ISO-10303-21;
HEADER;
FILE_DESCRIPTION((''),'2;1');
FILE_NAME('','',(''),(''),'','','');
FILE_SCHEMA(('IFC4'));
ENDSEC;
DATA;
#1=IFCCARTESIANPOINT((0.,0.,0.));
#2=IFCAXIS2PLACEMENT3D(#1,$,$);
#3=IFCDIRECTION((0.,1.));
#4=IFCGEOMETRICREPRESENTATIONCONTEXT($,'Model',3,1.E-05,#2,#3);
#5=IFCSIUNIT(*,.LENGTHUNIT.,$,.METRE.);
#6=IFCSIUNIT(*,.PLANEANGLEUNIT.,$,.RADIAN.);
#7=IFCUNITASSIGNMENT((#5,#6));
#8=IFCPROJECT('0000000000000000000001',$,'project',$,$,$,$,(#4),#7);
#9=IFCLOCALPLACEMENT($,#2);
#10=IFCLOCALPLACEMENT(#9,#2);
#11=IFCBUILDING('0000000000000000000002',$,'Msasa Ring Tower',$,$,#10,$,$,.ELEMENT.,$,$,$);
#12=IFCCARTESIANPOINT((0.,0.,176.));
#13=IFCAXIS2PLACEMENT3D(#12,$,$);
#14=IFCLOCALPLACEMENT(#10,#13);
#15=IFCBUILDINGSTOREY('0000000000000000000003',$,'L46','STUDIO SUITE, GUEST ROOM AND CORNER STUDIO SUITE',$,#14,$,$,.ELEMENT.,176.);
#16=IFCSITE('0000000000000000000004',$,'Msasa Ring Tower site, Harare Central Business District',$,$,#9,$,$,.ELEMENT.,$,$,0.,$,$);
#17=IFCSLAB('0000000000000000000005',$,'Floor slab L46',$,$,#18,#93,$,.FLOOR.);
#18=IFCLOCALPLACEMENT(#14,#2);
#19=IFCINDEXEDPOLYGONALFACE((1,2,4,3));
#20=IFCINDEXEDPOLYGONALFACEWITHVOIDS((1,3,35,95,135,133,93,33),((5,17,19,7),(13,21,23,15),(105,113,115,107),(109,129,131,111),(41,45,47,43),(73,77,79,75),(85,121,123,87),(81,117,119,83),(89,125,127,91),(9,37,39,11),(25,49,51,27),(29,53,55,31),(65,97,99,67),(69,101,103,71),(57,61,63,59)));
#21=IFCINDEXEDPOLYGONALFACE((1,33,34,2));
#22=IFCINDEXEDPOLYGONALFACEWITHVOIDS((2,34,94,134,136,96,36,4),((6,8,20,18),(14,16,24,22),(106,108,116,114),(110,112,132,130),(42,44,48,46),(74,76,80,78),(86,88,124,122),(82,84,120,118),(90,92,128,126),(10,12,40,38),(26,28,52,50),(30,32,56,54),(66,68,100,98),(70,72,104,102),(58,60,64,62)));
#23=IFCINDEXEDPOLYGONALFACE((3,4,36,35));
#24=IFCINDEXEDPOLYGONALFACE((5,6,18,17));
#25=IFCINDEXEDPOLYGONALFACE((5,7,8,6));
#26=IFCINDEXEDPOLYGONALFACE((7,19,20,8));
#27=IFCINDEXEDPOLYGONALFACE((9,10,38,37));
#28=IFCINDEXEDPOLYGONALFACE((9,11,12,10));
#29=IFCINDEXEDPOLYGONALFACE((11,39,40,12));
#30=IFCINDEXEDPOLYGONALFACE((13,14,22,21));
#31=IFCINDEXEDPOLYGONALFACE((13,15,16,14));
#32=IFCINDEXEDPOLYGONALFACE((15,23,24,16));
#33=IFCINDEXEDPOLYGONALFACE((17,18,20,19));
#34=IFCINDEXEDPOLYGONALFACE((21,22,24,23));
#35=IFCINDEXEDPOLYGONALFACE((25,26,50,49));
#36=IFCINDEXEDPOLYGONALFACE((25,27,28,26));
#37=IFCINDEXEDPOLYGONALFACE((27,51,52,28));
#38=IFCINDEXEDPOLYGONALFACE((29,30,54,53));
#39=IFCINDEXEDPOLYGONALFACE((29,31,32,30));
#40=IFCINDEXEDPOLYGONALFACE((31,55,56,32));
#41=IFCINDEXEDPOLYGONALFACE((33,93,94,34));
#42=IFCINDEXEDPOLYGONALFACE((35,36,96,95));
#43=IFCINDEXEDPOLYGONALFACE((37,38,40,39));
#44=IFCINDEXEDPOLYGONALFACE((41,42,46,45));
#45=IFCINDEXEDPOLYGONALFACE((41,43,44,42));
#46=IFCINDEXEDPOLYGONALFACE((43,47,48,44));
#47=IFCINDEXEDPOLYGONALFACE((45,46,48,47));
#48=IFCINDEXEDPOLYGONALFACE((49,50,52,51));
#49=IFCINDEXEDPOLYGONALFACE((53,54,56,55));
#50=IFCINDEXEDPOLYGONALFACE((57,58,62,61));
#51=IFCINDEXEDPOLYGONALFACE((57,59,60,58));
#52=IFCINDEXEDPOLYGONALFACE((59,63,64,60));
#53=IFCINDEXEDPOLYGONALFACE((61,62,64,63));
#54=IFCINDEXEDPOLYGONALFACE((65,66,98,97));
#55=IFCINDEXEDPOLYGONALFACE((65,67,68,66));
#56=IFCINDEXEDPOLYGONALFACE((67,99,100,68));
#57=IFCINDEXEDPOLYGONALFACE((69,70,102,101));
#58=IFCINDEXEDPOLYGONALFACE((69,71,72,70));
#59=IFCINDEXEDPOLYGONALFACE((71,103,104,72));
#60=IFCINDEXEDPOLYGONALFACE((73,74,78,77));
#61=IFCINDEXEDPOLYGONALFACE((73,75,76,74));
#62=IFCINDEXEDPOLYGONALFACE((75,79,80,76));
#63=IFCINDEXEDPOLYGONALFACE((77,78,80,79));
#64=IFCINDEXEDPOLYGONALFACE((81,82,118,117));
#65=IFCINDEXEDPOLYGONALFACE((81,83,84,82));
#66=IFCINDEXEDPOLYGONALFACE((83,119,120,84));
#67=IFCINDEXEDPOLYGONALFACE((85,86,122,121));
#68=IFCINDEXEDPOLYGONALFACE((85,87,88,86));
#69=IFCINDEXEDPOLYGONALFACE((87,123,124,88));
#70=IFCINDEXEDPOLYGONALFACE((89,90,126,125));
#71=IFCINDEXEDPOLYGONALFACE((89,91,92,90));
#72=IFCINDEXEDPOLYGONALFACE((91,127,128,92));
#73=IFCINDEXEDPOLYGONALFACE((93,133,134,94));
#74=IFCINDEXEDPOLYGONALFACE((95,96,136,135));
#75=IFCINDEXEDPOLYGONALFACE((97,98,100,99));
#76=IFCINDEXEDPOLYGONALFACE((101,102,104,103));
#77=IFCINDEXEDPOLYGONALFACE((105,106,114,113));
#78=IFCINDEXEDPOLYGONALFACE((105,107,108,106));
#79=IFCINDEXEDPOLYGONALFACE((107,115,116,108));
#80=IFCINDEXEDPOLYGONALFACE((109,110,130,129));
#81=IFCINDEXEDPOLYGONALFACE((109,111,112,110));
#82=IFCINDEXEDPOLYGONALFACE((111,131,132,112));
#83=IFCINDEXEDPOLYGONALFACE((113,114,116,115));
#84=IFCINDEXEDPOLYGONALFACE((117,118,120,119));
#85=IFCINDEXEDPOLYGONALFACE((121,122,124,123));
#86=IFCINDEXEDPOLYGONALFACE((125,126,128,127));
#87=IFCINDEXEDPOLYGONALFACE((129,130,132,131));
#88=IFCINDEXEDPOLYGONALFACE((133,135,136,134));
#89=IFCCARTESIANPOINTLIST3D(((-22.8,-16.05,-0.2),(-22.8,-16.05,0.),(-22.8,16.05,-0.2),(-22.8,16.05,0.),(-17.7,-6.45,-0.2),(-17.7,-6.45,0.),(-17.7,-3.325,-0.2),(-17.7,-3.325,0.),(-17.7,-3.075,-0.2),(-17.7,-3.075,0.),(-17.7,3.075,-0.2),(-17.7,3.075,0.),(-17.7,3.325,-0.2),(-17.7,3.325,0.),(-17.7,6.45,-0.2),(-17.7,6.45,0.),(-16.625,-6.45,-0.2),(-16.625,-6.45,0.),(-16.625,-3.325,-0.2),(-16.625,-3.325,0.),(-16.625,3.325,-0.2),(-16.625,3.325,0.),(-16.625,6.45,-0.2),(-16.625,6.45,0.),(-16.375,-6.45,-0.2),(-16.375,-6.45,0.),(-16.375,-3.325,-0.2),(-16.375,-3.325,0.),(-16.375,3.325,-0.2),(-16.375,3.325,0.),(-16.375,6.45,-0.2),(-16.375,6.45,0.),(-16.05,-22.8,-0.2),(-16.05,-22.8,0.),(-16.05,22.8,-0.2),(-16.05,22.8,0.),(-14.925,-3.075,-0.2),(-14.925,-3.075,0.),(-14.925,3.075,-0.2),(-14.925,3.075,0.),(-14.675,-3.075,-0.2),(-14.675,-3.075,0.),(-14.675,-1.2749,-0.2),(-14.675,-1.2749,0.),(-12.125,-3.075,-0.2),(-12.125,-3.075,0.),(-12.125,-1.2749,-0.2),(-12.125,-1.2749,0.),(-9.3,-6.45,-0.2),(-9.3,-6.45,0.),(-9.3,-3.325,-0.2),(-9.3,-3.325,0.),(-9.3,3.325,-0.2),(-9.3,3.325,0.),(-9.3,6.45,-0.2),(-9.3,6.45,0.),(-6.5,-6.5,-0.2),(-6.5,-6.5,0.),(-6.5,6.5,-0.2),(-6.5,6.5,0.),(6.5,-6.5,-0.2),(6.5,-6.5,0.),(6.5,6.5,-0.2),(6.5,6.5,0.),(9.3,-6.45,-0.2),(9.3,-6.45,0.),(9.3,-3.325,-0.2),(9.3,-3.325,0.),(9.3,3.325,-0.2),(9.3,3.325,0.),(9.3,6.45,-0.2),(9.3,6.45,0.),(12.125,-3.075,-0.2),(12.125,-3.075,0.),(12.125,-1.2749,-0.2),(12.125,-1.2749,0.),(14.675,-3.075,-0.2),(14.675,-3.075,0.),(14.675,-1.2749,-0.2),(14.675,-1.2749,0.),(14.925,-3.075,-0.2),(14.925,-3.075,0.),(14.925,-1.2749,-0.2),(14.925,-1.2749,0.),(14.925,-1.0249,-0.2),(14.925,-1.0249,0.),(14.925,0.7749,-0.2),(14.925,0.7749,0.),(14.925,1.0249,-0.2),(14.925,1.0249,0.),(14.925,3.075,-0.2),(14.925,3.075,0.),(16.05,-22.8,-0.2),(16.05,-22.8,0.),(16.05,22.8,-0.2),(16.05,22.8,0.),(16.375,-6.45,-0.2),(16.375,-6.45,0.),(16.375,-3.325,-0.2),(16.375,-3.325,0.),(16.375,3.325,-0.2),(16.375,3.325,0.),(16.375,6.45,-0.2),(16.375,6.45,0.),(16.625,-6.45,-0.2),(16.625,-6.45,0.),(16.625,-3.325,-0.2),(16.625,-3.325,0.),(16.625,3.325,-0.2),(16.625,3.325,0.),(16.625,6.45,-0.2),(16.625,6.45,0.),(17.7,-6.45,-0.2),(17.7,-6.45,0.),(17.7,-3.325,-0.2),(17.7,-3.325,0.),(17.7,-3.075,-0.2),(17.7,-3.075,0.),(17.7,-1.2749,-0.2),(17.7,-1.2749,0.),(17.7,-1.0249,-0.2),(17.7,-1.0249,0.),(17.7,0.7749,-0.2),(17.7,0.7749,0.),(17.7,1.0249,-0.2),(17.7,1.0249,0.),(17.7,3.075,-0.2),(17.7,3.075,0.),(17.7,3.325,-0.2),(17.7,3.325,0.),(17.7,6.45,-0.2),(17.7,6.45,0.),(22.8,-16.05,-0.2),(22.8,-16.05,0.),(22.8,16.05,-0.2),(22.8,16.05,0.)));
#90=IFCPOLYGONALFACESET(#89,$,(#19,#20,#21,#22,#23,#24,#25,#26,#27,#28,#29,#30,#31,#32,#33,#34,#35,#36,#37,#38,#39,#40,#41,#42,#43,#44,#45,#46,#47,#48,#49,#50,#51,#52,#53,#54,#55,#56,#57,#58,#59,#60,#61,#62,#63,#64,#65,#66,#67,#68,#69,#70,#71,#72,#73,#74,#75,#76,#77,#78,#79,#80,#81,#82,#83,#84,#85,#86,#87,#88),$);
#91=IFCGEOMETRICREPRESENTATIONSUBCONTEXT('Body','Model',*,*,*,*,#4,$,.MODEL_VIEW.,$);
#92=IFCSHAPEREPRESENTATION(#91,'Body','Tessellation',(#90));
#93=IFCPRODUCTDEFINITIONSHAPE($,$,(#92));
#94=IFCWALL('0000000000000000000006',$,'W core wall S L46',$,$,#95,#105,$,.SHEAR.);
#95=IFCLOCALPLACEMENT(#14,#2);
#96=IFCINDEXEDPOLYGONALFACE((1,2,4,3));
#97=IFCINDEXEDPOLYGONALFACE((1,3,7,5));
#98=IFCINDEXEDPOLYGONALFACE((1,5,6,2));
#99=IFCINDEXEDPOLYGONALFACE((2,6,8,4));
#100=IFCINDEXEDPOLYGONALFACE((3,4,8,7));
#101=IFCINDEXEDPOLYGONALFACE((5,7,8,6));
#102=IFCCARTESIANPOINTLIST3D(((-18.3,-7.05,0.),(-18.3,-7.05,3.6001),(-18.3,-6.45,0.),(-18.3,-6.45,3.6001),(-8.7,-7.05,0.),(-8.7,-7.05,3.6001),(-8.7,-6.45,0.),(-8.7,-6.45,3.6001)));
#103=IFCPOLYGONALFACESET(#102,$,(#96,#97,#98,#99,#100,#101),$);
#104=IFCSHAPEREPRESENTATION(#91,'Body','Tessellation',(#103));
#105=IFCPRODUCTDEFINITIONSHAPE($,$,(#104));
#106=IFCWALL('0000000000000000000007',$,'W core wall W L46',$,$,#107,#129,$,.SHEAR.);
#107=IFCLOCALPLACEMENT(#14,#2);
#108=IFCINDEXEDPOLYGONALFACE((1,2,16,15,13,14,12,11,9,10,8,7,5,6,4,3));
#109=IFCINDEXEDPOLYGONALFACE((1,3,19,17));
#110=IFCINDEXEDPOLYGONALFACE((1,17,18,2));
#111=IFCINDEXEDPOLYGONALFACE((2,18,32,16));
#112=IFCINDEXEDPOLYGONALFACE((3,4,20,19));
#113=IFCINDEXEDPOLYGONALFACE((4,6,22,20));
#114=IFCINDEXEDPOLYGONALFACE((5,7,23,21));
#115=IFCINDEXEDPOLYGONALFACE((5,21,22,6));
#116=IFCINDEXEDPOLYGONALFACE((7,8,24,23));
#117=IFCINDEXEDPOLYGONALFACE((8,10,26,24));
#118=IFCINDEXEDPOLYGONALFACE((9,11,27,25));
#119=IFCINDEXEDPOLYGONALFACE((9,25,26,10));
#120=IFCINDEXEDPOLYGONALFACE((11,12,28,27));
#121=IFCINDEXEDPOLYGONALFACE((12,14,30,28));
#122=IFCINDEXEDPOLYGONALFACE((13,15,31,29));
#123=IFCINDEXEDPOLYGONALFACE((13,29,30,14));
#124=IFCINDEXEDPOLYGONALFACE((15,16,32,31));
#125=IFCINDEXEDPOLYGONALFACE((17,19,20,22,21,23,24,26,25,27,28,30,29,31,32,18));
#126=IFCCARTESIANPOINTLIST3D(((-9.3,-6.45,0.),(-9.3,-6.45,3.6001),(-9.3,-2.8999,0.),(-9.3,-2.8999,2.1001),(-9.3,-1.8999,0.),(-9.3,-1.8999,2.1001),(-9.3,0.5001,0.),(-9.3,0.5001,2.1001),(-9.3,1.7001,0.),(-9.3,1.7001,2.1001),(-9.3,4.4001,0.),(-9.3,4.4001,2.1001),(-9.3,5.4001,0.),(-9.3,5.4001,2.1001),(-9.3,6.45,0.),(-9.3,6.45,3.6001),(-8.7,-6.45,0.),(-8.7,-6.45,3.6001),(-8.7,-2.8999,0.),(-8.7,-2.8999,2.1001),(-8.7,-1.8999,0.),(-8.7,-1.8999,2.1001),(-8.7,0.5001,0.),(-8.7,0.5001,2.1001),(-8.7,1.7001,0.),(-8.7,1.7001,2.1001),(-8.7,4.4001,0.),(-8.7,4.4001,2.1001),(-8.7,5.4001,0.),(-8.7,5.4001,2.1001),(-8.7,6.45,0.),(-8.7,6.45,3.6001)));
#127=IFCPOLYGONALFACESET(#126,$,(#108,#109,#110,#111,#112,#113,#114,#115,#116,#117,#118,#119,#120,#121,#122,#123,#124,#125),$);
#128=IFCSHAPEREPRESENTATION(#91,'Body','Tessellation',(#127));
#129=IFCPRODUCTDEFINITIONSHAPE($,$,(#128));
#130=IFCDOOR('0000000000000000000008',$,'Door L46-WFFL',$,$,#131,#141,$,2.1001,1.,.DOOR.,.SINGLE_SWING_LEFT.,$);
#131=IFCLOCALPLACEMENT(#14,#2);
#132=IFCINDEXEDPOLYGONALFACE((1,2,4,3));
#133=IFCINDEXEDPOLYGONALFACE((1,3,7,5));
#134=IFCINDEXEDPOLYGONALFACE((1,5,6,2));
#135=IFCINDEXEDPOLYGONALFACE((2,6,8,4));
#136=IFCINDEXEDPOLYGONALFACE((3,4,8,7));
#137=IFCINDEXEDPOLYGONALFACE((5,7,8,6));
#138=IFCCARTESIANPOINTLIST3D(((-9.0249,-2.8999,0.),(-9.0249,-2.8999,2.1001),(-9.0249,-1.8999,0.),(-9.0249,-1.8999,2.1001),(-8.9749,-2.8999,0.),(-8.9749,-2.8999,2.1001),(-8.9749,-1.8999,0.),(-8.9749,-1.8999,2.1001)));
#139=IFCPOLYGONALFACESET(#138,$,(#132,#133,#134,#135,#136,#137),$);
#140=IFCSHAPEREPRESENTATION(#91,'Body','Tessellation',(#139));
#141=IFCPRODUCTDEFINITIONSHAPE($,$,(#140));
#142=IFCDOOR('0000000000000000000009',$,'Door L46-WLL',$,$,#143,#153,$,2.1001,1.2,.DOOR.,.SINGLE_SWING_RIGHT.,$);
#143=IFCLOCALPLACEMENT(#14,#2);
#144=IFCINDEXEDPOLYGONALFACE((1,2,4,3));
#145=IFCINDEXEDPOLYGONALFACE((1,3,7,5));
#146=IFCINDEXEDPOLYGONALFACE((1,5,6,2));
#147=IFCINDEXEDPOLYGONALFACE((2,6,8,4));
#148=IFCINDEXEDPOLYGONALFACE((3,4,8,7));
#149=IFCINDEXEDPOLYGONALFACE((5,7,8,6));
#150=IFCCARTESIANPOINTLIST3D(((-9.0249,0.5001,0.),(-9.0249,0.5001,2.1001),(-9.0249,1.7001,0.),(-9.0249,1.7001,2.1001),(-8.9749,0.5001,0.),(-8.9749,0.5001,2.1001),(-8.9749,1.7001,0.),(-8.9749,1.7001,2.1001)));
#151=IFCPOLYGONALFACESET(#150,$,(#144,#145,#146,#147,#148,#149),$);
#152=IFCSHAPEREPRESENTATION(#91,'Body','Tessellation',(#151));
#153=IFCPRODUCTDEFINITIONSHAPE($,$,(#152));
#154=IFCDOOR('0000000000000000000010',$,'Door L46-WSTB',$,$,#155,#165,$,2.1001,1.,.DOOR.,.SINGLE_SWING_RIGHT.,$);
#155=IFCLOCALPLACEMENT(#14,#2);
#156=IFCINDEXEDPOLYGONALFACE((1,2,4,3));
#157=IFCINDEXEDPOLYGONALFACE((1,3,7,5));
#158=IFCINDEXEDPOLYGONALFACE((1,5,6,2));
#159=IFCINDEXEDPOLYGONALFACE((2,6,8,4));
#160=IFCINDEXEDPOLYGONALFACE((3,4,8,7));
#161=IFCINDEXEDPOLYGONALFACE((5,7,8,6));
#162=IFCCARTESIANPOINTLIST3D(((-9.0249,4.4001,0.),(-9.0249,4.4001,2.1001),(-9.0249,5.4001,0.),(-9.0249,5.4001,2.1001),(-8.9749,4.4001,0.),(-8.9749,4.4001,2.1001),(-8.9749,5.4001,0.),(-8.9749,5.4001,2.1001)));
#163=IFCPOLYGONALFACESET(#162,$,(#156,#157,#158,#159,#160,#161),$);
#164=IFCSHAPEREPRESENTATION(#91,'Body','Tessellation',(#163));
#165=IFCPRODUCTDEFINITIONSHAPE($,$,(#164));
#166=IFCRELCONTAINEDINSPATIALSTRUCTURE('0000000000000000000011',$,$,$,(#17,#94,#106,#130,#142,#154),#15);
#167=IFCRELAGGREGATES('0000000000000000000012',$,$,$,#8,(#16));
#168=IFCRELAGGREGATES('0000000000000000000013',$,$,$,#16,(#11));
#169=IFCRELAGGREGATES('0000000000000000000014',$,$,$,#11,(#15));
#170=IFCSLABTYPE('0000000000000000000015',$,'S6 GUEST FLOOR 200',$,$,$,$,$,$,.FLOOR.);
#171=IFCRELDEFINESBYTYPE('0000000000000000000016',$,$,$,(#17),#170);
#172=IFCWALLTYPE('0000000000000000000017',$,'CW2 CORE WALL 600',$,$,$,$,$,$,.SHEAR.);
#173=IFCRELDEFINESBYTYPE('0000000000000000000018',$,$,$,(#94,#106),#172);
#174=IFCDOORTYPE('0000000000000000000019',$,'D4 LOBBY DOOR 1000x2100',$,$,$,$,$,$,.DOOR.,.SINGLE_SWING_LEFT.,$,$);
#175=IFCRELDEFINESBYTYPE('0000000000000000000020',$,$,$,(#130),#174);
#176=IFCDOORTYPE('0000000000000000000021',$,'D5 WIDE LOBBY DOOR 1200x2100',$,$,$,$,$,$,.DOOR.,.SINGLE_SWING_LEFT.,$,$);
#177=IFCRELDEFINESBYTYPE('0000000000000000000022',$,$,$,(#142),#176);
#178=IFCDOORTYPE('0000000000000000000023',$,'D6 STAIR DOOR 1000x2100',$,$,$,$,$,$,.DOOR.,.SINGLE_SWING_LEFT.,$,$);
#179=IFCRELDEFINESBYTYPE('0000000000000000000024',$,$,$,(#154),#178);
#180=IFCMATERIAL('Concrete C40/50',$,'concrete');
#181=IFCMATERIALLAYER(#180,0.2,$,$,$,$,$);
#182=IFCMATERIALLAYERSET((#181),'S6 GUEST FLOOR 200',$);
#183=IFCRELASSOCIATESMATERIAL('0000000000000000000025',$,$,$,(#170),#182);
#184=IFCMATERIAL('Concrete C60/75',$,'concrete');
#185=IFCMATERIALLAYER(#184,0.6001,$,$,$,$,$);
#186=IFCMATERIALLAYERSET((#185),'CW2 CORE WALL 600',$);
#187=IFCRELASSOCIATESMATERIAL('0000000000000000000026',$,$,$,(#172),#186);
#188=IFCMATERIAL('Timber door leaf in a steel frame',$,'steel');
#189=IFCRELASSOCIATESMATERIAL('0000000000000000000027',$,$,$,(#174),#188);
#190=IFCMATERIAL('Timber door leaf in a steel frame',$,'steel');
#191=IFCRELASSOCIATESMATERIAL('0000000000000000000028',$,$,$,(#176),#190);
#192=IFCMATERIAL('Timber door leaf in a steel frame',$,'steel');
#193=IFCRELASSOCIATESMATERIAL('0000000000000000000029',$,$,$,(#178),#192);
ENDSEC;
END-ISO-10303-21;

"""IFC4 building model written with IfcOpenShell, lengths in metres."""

from ifc_helpers import new_model, si_unit, direction, frame, frame_2d, origin, place, context, subcontext, project, spatial, polyline, rectangle, outline, extrude, material, layer, layer_set, type_object, element, fill, save


model = new_model("IFC4")

# Units and contexts
model_context = context("Model", 3, precision=1e-05, world=origin(), true_north=direction((0.0, 1.0)))
body_context = subcontext(model_context, "Body", "Model", "MODEL_VIEW")
ifc_project = project(units=[si_unit("LENGTHUNIT", "METRE"), si_unit("PLANEANGLEUNIT", "RADIAN")], contexts=[model_context])

# Site, building, storey
site_placement = place(None, origin())
site = spatial("IfcSite", under=ifc_project, at=site_placement, Name="Msasa Ring Tower site, Harare Central Business District", CompositionType="ELEMENT", RefElevation=0.0)
building_placement = place(site_placement, origin())
building = spatial("IfcBuilding", under=site, at=building_placement, Name="Msasa Ring Tower", CompositionType="ELEMENT")
storey_placement = place(building_placement, frame((0.0, 0.0, 176.0)))
storey = spatial("IfcBuildingStorey", under=building, at=storey_placement, Name="L46", Description="STUDIO SUITE, GUEST ROOM AND CORNER STUDIO SUITE", CompositionType="ELEMENT", Elevation=176.0)

# Slab
ifc_material_1 = material(Name="Concrete C40/50", Category="concrete")
ifc_layer_1 = layer(ifc_material_1, 0.2)
ifc_layer_set_1 = layer_set([ifc_layer_1], Name="S6 GUEST FLOOR 200")
slab_type = type_object("IfcSlabType", Name="S6 GUEST FLOOR 200", PredefinedType="FLOOR", material=ifc_layer_set_1)
slab_placement = place(storey_placement, frame((0.0, 0.0, -0.2)))
element("IfcSlab", 1, at=slab_placement, inside=storey, type_object=slab_type, Name="Floor slab L46", PredefinedType="FLOOR", context=body_context, shape_type="SweptSolid", body=[
    extrude(outline(polyline([(-16.05, -22.8), (16.05, -22.8), (22.8, -16.05), (22.8, 16.05), (16.05, 22.8), (-16.05, 22.8), (-22.8, 16.05), (-22.8, -16.05), (-16.05, -22.8)]), holes=[polyline([(-6.5, -6.5), (6.5, -6.5), (6.5, 6.5), (-6.5, 6.5), (-6.5, -6.5)]), polyline([(9.3, -6.45), (16.375, -6.45), (16.375, -3.325), (9.3, -3.325), (9.3, -6.45)]), polyline([(9.3, 3.325), (16.375, 3.325), (16.375, 6.45), (9.3, 6.45), (9.3, 3.325)]), polyline([(12.125, -3.075), (14.675, -3.075), (14.675, -1.2749), (12.125, -1.2749), (12.125, -3.075)]), polyline([(16.625, -6.45), (17.7, -6.45), (17.7, -3.325), (16.625, -3.325), (16.625, -6.45)]), polyline([(16.625, 3.325), (17.7, 3.325), (17.7, 6.45), (16.625, 6.45), (16.625, 3.325)]), polyline([(14.925, -3.075), (17.7, -3.075), (17.7, -1.2749), (14.925, -1.2749), (14.925, -3.075)]), polyline([(14.925, -1.0249), (17.7, -1.0249), (17.7, 0.7749), (14.925, 0.7749), (14.925, -1.0249)]), polyline([(14.925, 1.0249), (17.7, 1.0249), (17.7, 3.075), (14.925, 3.075), (14.925, 1.0249)]), polyline([(-16.375, -6.45), (-9.3, -6.45), (-9.3, -3.325), (-16.375, -3.325), (-16.375, -6.45)]), polyline([(-16.375, 3.325), (-9.3, 3.325), (-9.3, 6.45), (-16.375, 6.45), (-16.375, 3.325)]), polyline([(-14.675, -3.075), (-12.125, -3.075), (-12.125, -1.2749), (-14.675, -1.2749), (-14.675, -3.075)]), polyline([(-17.7, -6.45), (-16.625, -6.45), (-16.625, -3.325), (-17.7, -3.325), (-17.7, -6.45)]), polyline([(-17.7, 3.325), (-16.625, 3.325), (-16.625, 6.45), (-17.7, 6.45), (-17.7, 3.325)]), polyline([(-17.7, -3.075), (-14.925, -3.075), (-14.925, 3.075), (-17.7, 3.075), (-17.7, -3.075)])]), origin(), (0.0, 0.0, 1.0), 0.2),
])

# Wall
ifc_material_2 = material(Name="Concrete C60/75", Category="concrete")
ifc_layer_2 = layer(ifc_material_2, 0.6001)
ifc_layer_set_2 = layer_set([ifc_layer_2], Name="CW2 CORE WALL 600")
wall_type_1 = type_object("IfcWallType", Name="CW2 CORE WALL 600", PredefinedType="SHEAR", material=ifc_layer_set_2)
wall_1_placement = place(storey_placement, frame((-8.7, -6.75, 0.0), z_axis=(0.0, 0.0, 1.0), x_axis=(-1.0, 0.0, 0.0)))
element("IfcWall", 2, at=wall_1_placement, inside=storey, type_object=wall_type_1, Name="W core wall S L46", PredefinedType="SHEAR", context=body_context, shape_type="SweptSolid", body=[
    extrude(rectangle(XDim=9.6001, YDim=0.6001, at=frame_2d((4.8, 0.0))), origin(), (0.0, 0.0, 1.0), 3.6001),
])

# Wall, openings, doors
wall_2_placement = place(storey_placement, frame((-9.0, -6.45, 0.0), z_axis=(0.0, 0.0, 1.0), x_axis=(0.0, 1.0, 0.0)))
wall_2 = element("IfcWall", 3, at=wall_2_placement, inside=storey, type_object=wall_type_1, Name="W core wall W L46", PredefinedType="SHEAR", context=body_context, shape_type="SweptSolid", body=[
    extrude(rectangle(XDim=12.8999, YDim=0.6001, at=frame_2d((6.45, 0.0))), origin(), (0.0, 0.0, 1.0), 3.6001),
])
opening_1_placement = place(wall_2_placement, frame((3.55, 0.0, 0.0)))
opening_1 = element("IfcOpeningElement", 4, at=opening_1_placement, cuts=wall_2, PredefinedType="OPENING", context=body_context, shape_type="SweptSolid", body=[
    extrude(rectangle(XDim=1.0, YDim=2.1001, at=frame_2d((0.5, 1.05))), frame((0.0, 0.3101, 0.0), z_axis=(0.0, -1.0, 0.0), x_axis=(1.0, 0.0, 0.0)), (0.0, 0.0, 1.0), 0.6201),
])
opening_2_placement = place(wall_2_placement, frame((6.95, 0.0, 0.0)))
opening_2 = element("IfcOpeningElement", 5, at=opening_2_placement, cuts=wall_2, PredefinedType="OPENING", context=body_context, shape_type="SweptSolid", body=[
    extrude(rectangle(XDim=1.2, YDim=2.1001, at=frame_2d((0.6001, 1.05))), frame((0.0, 0.3101, 0.0), z_axis=(0.0, -1.0, 0.0), x_axis=(1.0, 0.0, 0.0)), (0.0, 0.0, 1.0), 0.6201),
])
opening_3_placement = place(wall_2_placement, frame((10.8501, 0.0, 0.0)))
opening_3 = element("IfcOpeningElement", 6, at=opening_3_placement, cuts=wall_2, PredefinedType="OPENING", context=body_context, shape_type="SweptSolid", body=[
    extrude(rectangle(XDim=1.0, YDim=2.1001, at=frame_2d((0.5, 1.05))), frame((0.0, 0.3101, 0.0), z_axis=(0.0, -1.0, 0.0), x_axis=(1.0, 0.0, 0.0)), (0.0, 0.0, 1.0), 0.6201),
])
ifc_material_3 = material(Name="Timber door leaf in a steel frame", Category="steel")
door_type_1 = type_object("IfcDoorType", Name="D4 LOBBY DOOR 1000x2100", OperationType="SINGLE_SWING_LEFT", PredefinedType="DOOR", material=ifc_material_3)
door_1_placement = place(opening_1_placement, origin())
door_1 = element("IfcDoor", 7, at=door_1_placement, inside=storey, type_object=door_type_1, Name="Door L46-WFFL", OperationType="SINGLE_SWING_LEFT", OverallHeight=2.1001, OverallWidth=1.0, PredefinedType="DOOR", context=body_context, shape_type="SweptSolid", body=[
    extrude(rectangle(XDim=1.0, YDim=2.1001, at=frame_2d((0.5, 1.05))), frame((0.0, 0.0249, 0.0), z_axis=(0.0, -1.0, 0.0), x_axis=(1.0, 0.0, 0.0)), (0.0, 0.0, 1.0), 0.05),
])
fill(opening_1, door_1)
ifc_material_4 = material(Name="Timber door leaf in a steel frame", Category="steel")
door_type_2 = type_object("IfcDoorType", Name="D5 WIDE LOBBY DOOR 1200x2100", OperationType="SINGLE_SWING_LEFT", PredefinedType="DOOR", material=ifc_material_4)
door_2_placement = place(opening_2_placement, origin())
door_2 = element("IfcDoor", 8, at=door_2_placement, inside=storey, type_object=door_type_2, Name="Door L46-WLL", OperationType="SINGLE_SWING_RIGHT", OverallHeight=2.1001, OverallWidth=1.2, PredefinedType="DOOR", context=body_context, shape_type="SweptSolid", body=[
    extrude(rectangle(XDim=1.2, YDim=2.1001, at=frame_2d((0.6001, 1.05))), frame((0.0, 0.0249, 0.0), z_axis=(0.0, -1.0, 0.0), x_axis=(1.0, 0.0, 0.0)), (0.0, 0.0, 1.0), 0.05),
])
fill(opening_2, door_2)
ifc_material_5 = material(Name="Timber door leaf in a steel frame", Category="steel")
door_type_3 = type_object("IfcDoorType", Name="D6 STAIR DOOR 1000x2100", OperationType="SINGLE_SWING_LEFT", PredefinedType="DOOR", material=ifc_material_5)
door_3_placement = place(opening_3_placement, origin())
door_3 = element("IfcDoor", 9, at=door_3_placement, inside=storey, type_object=door_type_3, Name="Door L46-WSTB", OperationType="SINGLE_SWING_RIGHT", OverallHeight=2.1001, OverallWidth=1.0, PredefinedType="DOOR", context=body_context, shape_type="SweptSolid", body=[
    extrude(rectangle(XDim=1.0, YDim=2.1001, at=frame_2d((0.5, 1.05))), frame((0.0, 0.0249, 0.0), z_axis=(0.0, -1.0, 0.0), x_axis=(1.0, 0.0, 0.0)), (0.0, 0.0, 1.0), 0.05),
])
fill(opening_3, door_3)

save(model, "model.ifc")
